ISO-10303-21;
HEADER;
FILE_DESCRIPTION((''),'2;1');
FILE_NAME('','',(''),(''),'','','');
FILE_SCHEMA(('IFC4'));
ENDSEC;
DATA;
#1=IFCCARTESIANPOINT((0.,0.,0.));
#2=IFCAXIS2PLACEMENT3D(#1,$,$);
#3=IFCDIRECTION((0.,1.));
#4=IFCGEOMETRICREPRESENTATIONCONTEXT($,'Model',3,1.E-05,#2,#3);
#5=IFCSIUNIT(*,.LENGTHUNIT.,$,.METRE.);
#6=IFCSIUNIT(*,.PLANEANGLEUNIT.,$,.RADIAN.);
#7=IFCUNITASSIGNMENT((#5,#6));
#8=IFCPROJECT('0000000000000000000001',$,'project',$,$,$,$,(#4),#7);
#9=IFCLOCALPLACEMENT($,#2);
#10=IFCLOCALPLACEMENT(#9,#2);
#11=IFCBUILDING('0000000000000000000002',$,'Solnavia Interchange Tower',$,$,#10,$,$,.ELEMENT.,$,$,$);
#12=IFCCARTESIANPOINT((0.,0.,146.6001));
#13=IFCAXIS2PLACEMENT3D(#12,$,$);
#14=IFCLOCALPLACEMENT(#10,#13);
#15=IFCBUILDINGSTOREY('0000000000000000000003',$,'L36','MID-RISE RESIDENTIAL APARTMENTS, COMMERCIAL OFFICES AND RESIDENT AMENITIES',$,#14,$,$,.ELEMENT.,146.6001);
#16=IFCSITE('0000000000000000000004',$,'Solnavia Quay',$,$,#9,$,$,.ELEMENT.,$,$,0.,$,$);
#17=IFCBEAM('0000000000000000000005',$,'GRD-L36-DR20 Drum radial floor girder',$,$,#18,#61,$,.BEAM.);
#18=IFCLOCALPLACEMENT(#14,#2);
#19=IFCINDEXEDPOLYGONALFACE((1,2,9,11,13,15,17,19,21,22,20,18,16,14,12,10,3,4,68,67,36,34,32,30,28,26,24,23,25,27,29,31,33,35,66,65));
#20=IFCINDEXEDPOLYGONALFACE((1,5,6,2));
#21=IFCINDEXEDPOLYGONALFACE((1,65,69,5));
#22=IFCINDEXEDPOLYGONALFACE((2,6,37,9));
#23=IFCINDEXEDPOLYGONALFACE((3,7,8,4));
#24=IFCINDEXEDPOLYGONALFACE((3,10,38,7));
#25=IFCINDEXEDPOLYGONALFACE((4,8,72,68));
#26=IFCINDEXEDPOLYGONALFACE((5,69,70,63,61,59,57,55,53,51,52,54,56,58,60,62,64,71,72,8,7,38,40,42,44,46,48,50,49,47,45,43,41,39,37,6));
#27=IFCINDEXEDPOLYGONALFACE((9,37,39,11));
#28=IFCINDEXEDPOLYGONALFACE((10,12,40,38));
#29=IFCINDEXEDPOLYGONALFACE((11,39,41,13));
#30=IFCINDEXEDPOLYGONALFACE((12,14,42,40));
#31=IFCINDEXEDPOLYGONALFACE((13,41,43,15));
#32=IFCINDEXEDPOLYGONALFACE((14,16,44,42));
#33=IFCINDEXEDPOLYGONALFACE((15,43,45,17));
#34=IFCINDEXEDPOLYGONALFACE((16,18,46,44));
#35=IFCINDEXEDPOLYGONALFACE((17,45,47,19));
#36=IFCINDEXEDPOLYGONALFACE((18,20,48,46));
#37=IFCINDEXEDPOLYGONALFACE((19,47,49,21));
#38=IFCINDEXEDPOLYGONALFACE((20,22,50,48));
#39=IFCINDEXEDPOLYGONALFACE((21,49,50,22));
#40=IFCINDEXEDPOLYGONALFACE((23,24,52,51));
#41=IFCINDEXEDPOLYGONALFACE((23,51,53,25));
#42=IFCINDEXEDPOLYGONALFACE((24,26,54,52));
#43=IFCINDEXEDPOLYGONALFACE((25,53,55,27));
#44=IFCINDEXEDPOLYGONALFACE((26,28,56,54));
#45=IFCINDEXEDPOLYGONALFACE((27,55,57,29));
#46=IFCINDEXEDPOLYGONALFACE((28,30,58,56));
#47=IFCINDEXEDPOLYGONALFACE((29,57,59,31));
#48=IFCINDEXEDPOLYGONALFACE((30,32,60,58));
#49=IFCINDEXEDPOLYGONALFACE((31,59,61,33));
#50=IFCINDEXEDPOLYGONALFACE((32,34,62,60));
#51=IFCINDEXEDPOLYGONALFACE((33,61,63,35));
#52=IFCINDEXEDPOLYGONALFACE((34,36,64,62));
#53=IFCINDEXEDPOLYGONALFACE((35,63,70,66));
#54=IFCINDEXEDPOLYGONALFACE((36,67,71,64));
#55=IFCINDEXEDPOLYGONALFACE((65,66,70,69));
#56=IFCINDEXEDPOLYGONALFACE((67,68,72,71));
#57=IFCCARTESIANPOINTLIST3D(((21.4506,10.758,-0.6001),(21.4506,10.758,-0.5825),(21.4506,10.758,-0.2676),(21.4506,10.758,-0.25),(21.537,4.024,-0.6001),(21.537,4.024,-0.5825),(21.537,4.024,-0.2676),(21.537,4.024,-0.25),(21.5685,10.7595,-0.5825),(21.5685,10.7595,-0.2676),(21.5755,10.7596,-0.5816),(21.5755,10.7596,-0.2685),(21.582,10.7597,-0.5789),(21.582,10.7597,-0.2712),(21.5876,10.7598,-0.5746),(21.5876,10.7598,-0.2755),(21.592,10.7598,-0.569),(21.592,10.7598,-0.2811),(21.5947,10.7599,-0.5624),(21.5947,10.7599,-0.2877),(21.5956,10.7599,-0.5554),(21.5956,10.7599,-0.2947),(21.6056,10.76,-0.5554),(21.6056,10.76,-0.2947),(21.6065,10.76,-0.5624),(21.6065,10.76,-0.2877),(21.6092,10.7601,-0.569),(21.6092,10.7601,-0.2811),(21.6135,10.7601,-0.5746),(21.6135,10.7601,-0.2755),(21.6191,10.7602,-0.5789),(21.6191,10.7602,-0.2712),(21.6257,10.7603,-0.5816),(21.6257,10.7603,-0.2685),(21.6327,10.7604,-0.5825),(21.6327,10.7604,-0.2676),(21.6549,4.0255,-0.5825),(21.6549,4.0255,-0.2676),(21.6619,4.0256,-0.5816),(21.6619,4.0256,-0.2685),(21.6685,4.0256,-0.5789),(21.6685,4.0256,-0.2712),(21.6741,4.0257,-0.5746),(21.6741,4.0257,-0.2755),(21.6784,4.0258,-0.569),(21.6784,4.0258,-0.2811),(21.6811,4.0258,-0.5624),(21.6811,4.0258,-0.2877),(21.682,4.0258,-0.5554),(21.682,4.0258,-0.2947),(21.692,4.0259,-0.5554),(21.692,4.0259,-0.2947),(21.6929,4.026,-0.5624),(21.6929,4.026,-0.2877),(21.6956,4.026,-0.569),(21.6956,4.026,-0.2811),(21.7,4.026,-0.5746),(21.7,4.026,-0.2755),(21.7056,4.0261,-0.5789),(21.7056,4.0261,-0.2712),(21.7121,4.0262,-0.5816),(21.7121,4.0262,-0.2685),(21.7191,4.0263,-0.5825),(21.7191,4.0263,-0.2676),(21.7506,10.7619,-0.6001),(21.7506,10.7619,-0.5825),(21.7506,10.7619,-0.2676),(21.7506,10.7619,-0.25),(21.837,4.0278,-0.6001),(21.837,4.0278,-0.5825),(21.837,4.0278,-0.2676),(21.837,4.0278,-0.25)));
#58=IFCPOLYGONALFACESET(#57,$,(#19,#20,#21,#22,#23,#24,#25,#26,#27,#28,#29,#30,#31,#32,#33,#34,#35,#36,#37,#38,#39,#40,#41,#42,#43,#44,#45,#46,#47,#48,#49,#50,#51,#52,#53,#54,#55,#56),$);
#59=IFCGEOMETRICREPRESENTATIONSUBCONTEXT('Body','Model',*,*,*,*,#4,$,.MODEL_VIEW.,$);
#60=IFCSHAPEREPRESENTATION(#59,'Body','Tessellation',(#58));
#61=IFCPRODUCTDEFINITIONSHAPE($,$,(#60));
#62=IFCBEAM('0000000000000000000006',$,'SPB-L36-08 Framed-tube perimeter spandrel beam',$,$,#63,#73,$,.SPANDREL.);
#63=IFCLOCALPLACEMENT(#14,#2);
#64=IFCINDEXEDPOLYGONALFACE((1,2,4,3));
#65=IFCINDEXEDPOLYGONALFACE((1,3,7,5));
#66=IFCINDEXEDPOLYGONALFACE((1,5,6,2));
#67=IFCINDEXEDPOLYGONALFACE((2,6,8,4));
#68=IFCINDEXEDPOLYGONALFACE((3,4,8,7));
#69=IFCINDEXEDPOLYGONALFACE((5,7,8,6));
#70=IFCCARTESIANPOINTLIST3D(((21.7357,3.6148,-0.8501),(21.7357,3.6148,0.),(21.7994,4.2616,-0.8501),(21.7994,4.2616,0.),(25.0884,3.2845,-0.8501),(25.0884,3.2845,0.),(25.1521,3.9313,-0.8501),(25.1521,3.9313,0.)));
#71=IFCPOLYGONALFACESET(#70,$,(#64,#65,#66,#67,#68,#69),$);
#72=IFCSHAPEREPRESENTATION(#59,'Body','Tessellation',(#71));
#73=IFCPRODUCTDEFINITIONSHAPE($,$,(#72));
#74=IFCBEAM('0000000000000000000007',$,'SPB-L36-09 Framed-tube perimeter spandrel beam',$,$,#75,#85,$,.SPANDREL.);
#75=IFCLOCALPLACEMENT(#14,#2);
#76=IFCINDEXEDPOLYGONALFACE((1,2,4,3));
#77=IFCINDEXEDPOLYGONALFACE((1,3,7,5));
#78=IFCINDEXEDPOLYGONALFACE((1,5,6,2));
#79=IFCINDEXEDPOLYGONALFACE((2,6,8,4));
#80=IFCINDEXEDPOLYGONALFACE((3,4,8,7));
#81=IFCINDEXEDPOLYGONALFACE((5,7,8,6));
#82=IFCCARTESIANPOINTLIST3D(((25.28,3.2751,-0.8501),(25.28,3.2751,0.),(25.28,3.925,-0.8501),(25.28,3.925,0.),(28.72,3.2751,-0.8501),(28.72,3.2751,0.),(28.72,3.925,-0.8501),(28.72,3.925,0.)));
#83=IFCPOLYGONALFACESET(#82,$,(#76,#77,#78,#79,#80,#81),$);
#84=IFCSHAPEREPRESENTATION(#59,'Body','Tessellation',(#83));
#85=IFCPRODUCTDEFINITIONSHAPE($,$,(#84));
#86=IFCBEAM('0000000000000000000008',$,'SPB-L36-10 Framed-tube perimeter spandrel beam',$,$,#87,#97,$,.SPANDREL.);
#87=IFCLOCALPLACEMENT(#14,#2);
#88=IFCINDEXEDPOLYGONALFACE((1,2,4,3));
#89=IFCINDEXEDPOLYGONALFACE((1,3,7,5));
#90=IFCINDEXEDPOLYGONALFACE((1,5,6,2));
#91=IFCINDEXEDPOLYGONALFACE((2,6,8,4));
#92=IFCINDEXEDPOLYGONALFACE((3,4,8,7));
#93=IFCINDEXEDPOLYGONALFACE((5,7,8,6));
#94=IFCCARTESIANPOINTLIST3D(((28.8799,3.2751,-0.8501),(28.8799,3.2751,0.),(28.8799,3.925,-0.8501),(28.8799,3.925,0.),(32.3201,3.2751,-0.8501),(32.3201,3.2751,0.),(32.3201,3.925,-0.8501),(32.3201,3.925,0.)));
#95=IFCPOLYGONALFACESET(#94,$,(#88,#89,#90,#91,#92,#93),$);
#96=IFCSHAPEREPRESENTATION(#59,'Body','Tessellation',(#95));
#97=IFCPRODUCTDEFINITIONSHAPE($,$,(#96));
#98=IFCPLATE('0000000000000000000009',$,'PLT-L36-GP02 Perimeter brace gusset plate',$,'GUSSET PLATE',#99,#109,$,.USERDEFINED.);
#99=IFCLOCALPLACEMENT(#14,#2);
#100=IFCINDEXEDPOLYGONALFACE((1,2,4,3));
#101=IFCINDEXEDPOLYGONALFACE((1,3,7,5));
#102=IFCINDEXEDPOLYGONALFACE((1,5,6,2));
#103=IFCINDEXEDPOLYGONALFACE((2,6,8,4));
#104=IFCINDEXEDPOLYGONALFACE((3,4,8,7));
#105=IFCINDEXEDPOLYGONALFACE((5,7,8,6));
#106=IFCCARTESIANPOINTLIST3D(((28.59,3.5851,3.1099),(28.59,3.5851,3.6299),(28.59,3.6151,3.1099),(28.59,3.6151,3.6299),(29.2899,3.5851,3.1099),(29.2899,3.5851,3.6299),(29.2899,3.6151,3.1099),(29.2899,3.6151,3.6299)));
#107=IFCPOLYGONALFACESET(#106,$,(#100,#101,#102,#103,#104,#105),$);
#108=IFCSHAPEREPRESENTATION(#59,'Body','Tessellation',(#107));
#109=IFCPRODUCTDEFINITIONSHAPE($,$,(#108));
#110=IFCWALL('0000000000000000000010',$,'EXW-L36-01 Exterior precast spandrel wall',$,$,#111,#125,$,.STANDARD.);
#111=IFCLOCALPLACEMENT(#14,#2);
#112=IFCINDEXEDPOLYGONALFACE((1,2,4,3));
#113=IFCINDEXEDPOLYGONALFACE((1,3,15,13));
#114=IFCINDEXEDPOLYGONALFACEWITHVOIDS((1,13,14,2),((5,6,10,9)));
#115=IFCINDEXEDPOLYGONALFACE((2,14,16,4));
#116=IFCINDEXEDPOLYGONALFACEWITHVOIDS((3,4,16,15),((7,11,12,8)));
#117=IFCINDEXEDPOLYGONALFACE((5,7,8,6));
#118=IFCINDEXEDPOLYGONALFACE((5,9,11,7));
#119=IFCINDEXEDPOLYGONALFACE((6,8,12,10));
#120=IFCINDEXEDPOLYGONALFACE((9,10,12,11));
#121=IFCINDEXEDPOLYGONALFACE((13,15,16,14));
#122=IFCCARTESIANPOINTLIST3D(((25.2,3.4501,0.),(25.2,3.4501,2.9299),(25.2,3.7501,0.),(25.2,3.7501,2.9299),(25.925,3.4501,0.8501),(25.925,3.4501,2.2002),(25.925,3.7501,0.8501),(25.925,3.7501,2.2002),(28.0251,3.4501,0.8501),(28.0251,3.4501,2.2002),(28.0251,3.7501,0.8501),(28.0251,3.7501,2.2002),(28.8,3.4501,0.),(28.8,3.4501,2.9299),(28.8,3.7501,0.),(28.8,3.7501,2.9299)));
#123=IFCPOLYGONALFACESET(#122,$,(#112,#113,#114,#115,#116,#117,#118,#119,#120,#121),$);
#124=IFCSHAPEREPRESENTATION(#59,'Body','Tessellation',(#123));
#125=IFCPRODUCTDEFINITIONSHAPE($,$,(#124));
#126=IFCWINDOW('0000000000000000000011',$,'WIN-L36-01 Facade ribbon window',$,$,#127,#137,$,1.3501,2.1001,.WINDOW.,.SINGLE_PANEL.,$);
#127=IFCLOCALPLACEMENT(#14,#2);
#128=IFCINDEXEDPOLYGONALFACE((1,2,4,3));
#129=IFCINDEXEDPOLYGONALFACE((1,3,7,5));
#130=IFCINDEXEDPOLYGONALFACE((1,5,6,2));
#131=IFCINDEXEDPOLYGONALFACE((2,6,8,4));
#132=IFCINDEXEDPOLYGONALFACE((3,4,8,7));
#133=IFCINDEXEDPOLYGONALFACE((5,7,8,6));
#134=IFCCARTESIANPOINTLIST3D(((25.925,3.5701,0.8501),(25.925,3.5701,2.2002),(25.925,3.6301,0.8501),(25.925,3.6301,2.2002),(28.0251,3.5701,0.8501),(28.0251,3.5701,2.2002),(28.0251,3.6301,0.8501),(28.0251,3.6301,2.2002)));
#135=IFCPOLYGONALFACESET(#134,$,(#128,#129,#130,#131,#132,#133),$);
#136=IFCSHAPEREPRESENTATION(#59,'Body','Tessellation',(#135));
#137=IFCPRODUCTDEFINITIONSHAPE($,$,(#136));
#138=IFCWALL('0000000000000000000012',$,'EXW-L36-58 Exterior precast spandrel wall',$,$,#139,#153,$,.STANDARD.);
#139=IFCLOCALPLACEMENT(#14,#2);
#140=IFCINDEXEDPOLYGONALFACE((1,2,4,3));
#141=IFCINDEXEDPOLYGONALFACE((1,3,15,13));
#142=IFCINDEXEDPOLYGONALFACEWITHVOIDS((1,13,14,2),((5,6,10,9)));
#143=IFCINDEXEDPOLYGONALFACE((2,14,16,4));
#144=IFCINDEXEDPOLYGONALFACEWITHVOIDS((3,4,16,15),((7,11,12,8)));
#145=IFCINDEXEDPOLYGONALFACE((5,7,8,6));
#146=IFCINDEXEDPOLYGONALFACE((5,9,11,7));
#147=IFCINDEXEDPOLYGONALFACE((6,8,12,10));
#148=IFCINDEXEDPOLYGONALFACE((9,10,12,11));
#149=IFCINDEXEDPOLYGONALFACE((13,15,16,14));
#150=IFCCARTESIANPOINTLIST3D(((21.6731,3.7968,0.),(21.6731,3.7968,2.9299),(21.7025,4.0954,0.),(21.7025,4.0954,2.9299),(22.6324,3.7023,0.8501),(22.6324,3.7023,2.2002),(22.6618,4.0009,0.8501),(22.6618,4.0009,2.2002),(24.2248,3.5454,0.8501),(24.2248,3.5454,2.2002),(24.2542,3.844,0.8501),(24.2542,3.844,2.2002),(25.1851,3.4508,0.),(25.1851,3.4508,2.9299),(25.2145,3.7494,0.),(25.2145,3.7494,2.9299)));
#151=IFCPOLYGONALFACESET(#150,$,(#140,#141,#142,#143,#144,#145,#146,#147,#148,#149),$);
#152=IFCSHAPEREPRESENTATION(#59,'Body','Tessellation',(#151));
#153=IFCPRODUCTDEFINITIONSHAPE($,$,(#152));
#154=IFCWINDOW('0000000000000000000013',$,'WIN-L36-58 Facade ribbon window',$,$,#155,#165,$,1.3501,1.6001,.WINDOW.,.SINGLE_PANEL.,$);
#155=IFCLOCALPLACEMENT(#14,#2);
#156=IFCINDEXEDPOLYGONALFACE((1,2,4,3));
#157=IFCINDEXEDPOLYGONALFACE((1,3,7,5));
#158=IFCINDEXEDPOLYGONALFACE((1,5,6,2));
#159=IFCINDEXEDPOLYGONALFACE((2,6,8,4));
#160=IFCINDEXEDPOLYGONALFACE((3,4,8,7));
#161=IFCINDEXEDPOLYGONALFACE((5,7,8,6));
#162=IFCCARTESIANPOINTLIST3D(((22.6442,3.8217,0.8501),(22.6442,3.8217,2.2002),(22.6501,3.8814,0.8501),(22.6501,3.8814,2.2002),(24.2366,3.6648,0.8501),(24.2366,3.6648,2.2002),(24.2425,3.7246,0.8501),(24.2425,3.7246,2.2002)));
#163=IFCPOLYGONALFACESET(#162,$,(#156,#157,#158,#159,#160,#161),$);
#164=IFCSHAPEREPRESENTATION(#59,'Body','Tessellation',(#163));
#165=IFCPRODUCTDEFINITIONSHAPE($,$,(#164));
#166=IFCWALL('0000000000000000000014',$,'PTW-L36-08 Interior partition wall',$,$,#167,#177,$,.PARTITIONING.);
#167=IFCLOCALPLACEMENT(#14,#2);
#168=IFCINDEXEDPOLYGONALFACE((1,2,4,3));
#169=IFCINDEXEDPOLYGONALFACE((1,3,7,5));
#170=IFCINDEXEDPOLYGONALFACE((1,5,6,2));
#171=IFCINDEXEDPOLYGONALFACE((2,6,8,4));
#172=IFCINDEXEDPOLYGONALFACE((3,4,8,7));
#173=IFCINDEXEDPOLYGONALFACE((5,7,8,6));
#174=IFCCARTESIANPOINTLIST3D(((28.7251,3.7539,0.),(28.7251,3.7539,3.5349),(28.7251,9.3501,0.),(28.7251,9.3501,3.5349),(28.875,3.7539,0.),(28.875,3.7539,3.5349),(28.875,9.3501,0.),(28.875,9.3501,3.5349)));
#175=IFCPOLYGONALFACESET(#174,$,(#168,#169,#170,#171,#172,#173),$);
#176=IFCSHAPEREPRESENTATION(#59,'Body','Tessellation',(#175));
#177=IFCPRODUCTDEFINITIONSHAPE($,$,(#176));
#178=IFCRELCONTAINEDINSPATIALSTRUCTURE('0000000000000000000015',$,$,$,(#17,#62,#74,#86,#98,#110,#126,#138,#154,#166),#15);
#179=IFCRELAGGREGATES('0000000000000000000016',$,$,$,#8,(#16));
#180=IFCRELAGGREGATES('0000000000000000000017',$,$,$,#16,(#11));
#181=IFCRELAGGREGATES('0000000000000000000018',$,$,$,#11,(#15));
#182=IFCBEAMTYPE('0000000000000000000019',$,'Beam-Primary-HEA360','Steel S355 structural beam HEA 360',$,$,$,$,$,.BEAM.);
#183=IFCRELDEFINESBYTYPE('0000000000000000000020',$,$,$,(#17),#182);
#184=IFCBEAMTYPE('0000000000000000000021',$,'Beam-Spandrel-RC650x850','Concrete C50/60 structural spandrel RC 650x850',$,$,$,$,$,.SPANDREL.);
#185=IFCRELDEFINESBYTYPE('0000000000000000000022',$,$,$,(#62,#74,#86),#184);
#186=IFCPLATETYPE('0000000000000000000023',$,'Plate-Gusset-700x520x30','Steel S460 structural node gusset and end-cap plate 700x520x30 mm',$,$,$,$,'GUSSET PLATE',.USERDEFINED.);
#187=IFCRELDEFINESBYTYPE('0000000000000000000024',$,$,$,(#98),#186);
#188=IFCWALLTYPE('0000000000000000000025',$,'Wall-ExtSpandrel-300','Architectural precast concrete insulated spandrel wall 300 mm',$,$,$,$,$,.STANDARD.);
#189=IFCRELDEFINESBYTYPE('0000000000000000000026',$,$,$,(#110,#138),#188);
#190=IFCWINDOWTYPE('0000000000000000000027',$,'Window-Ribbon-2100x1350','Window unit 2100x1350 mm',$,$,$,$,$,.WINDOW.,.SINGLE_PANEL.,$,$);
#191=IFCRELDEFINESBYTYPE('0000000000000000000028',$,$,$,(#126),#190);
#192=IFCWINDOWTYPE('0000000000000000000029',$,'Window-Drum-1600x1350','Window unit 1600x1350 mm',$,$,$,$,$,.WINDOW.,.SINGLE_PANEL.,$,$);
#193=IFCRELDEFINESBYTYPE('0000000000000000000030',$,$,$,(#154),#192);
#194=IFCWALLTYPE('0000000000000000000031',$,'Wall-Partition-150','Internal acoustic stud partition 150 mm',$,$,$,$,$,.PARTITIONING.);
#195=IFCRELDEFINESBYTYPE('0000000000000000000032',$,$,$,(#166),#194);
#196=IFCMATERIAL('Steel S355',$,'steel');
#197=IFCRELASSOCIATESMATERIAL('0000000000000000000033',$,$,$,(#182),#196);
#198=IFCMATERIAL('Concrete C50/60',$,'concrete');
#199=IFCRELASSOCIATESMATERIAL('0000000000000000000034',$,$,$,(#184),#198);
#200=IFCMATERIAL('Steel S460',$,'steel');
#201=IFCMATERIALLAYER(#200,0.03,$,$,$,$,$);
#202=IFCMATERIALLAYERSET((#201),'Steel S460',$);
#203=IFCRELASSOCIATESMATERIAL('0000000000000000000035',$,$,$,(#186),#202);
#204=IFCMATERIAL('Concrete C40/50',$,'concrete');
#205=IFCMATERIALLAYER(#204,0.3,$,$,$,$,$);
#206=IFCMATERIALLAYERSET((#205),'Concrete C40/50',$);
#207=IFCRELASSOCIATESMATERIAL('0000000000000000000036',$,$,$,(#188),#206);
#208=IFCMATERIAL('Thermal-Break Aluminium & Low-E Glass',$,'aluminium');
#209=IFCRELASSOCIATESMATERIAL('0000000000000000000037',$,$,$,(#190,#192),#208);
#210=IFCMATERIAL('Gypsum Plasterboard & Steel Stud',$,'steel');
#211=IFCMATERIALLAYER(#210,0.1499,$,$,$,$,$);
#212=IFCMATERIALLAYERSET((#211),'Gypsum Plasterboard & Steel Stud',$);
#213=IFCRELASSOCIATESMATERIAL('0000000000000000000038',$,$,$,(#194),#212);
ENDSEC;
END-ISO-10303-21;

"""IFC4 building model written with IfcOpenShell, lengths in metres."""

from ifc_helpers import new_model, si_unit, direction, frame, frame_2d, origin, origin_2d, place, context, subcontext, project, spatial, rectangle, i_section, extrude, material, layer, layer_set, material_profile, profile_set, type_object, element, fill, save


model = new_model("IFC4")

# Units and contexts
model_context = context("Model", 3, precision=1e-05, world=origin(), true_north=direction((0.0, 1.0)))
body_context = subcontext(model_context, "Body", "Model", "MODEL_VIEW")
ifc_project = project(units=[si_unit("LENGTHUNIT", "METRE"), si_unit("PLANEANGLEUNIT", "RADIAN")], contexts=[model_context])

# Site, building, storey
site_placement = place(None, origin())
site = spatial("IfcSite", under=ifc_project, at=site_placement, Name="Solnavia Quay", CompositionType="ELEMENT", RefElevation=0.0)
building_placement = place(site_placement, origin())
building = spatial("IfcBuilding", under=site, at=building_placement, Name="Solnavia Interchange Tower", CompositionType="ELEMENT")
storey_placement = place(building_placement, frame((0.0, 0.0, 146.6001)))
storey = spatial("IfcBuildingStorey", under=building, at=storey_placement, Name="L36", Description="MID-RISE RESIDENTIAL APARTMENTS, COMMERCIAL OFFICES AND RESIDENT AMENITIES", CompositionType="ELEMENT", Elevation=146.6001)

# Shared definitions
ifc_material_1 = material(Name="Concrete C50/60", Category="concrete")
ifc_material_2 = material(Name="Steel S355", Category="steel")

# Beams
ifc_material_profile_1 = material_profile(ifc_material_2, i_section(OverallWidth=0.3, OverallDepth=0.3501, WebThickness=0.01, FlangeThickness=0.0176, FilletRadius=0.0271, at=origin_2d()), Name="HEA 360")
ifc_profile_set_1 = profile_set([ifc_material_profile_1], Name="Steel S355")
beam_type_1 = type_object("IfcBeamType", Name="Beam-Primary-HEA360", Description="Steel S355 structural beam HEA 360", PredefinedType="BEAM", material=ifc_profile_set_1)
beam_1_placement = place(storey_placement, frame((21.687, 4.0259, -0.425), z_axis=(-0.012833, 0.999918, 0.0), x_axis=(-0.999918, -0.012833, 0.0)))
element("IfcBeam", 1, at=beam_1_placement, inside=storey, type_object=beam_type_1, Name="GRD-L36-DR20 Drum radial floor girder", PredefinedType="BEAM", context=body_context, shape_type="SweptSolid", body=[
    extrude(i_section(OverallWidth=0.3, OverallDepth=0.3501, WebThickness=0.01, FlangeThickness=0.0176, FilletRadius=0.0271, at=origin_2d()), origin(), (0.0, 0.0, 1.0), 6.7346),
])
ifc_material_profile_2 = material_profile(ifc_material_1, rectangle(XDim=0.6499, YDim=0.8501, at=origin_2d()), Name="RC 650x850")
ifc_profile_set_2 = profile_set([ifc_material_profile_2], Name="Concrete C50/60")
beam_type_2 = type_object("IfcBeamType", Name="Beam-Spandrel-RC650x850", Description="Concrete C50/60 structural spandrel RC 650x850", PredefinedType="SPANDREL", material=ifc_profile_set_2)
beam_2_placement = place(storey_placement, frame((21.7676, 3.9382, -0.425), z_axis=(0.995182, -0.098047, 0.0), x_axis=(0.098047, 0.995182, 0.0)))
element("IfcBeam", 2, at=beam_2_placement, inside=storey, type_object=beam_type_2, Name="SPB-L36-08 Framed-tube perimeter spandrel beam", PredefinedType="SPANDREL", context=body_context, shape_type="SweptSolid", body=[
    extrude(rectangle(XDim=0.6499, YDim=0.8501, at=origin_2d()), origin(), (0.0, 0.0, 1.0), 3.3689),
])
beam_3_placement = place(storey_placement, frame((25.28, 3.6001, -0.425), z_axis=(1.0, 0.0, 0.0), x_axis=(0.0, 1.0, 0.0)))
element("IfcBeam", 3, at=beam_3_placement, inside=storey, type_object=beam_type_2, Name="SPB-L36-09 Framed-tube perimeter spandrel beam", PredefinedType="SPANDREL", context=body_context, shape_type="SweptSolid", body=[
    extrude(rectangle(XDim=0.6499, YDim=0.8501, at=origin_2d()), origin(), (0.0, 0.0, 1.0), 3.4399),
])
beam_4_placement = place(storey_placement, frame((28.8799, 3.6001, -0.425), z_axis=(1.0, 0.0, 0.0), x_axis=(0.0, 1.0, 0.0)))
element("IfcBeam", 4, at=beam_4_placement, inside=storey, type_object=beam_type_2, Name="SPB-L36-10 Framed-tube perimeter spandrel beam", PredefinedType="SPANDREL", context=body_context, shape_type="SweptSolid", body=[
    extrude(rectangle(XDim=0.6499, YDim=0.8501, at=origin_2d()), origin(), (0.0, 0.0, 1.0), 3.4402),
])

# Plate
ifc_material_3 = material(Name="Steel S460", Category="steel")
ifc_layer_1 = layer(ifc_material_3, 0.03)
ifc_layer_set_1 = layer_set([ifc_layer_1], Name="Steel S460")
plate_type = type_object("IfcPlateType", Name="Plate-Gusset-700x520x30", Description="Steel S460 structural node gusset and end-cap plate 700x520x30 mm", ElementType="GUSSET PLATE", PredefinedType="USERDEFINED", material=ifc_layer_set_1)
plate_placement = place(storey_placement, frame((28.9399, 3.6001, 3.1099), z_axis=(0.0, 0.0, 1.0), x_axis=(-1.0, 0.0, 0.0)))
element("IfcPlate", 5, at=plate_placement, inside=storey, type_object=plate_type, Name="PLT-L36-GP02 Perimeter brace gusset plate", ObjectType="GUSSET PLATE", PredefinedType="USERDEFINED", context=body_context, shape_type="SweptSolid", body=[
    extrude(rectangle(XDim=0.7, YDim=0.03, at=origin_2d()), origin(), (0.0, 0.0, 1.0), 0.52),
])

# Walls, openings, windows
ifc_material_4 = material(Name="Concrete C40/50", Category="concrete")
ifc_layer_2 = layer(ifc_material_4, 0.3)
ifc_layer_set_2 = layer_set([ifc_layer_2], Name="Concrete C40/50")
wall_type_1 = type_object("IfcWallType", Name="Wall-ExtSpandrel-300", Description="Architectural precast concrete insulated spandrel wall 300 mm", PredefinedType="STANDARD", material=ifc_layer_set_2)
wall_1_placement = place(storey_placement, frame((28.8, 3.6001, 0.0), z_axis=(0.0, 0.0, 1.0), x_axis=(-1.0, 0.0, 0.0)))
wall_1 = element("IfcWall", 6, at=wall_1_placement, inside=storey, type_object=wall_type_1, Name="EXW-L36-01 Exterior precast spandrel wall", PredefinedType="STANDARD", context=body_context, shape_type="SweptSolid", body=[
    extrude(rectangle(XDim=3.6001, YDim=0.3, at=frame_2d((1.8, 0.0))), origin(), (0.0, 0.0, 1.0), 2.9299),
])
opening_1_placement = place(wall_1_placement, frame((0.7749, 0.0, 0.8501)))
opening_1 = element("IfcOpeningElement", 7, at=opening_1_placement, cuts=wall_1, PredefinedType="OPENING", context=body_context, shape_type="SweptSolid", body=[
    extrude(rectangle(XDim=2.1001, YDim=1.3501, at=frame_2d((1.05, 0.675))), frame((0.0, 0.1602, 0.0), z_axis=(0.0, -1.0, 0.0), x_axis=(1.0, 0.0, 0.0)), (0.0, 0.0, 1.0), 0.3201),
])
ifc_material_5 = material(Name="Thermal-Break Aluminium & Low-E Glass", Category="aluminium")
window_type_1 = type_object("IfcWindowType", Name="Window-Ribbon-2100x1350", Description="Window unit 2100x1350 mm", PartitioningType="SINGLE_PANEL", PredefinedType="WINDOW", material=ifc_material_5)
window_1_placement = place(opening_1_placement, origin())
window_1 = element("IfcWindow", 8, at=window_1_placement, inside=storey, type_object=window_type_1, Name="WIN-L36-01 Facade ribbon window", OverallHeight=1.3501, OverallWidth=2.1001, PartitioningType="SINGLE_PANEL", PredefinedType="WINDOW", context=body_context, shape_type="SweptSolid", body=[
    extrude(rectangle(XDim=2.1001, YDim=1.3501, at=frame_2d((1.05, 0.675))), frame((0.0, 0.03, 0.0), z_axis=(0.0, -1.0, 0.0), x_axis=(1.0, 0.0, 0.0)), (0.0, 0.0, 1.0), 0.0601),
])
fill(opening_1, window_1)
wall_2_placement = place(storey_placement, frame((25.2, 3.6001, 0.0), z_axis=(0.0, 0.0, 1.0), x_axis=(-0.995183, 0.098031, 0.0)))
wall_2 = element("IfcWall", 9, at=wall_2_placement, inside=storey, type_object=wall_type_1, Name="EXW-L36-58 Exterior precast spandrel wall", PredefinedType="STANDARD", context=body_context, shape_type="SweptSolid", body=[
    extrude(rectangle(XDim=3.5291, YDim=0.3, at=frame_2d((1.7646, 0.0))), origin(), (0.0, 0.0, 1.0), 2.9299),
])
opening_2_placement = place(wall_2_placement, frame((0.9651, 0.0, 0.8501)))
opening_2 = element("IfcOpeningElement", 10, at=opening_2_placement, cuts=wall_2, PredefinedType="OPENING", context=body_context, shape_type="SweptSolid", body=[
    extrude(rectangle(XDim=1.6001, YDim=1.3501, at=frame_2d((0.8, 0.675))), frame((0.0, 0.1602, 0.0), z_axis=(0.0, -1.0, 0.0), x_axis=(1.0, 0.0, 0.0)), (0.0, 0.0, 1.0), 0.3201),
])
window_type_2 = type_object("IfcWindowType", Name="Window-Drum-1600x1350", Description="Window unit 1600x1350 mm", PartitioningType="SINGLE_PANEL", PredefinedType="WINDOW", material=ifc_material_5)
window_2_placement = place(opening_2_placement, origin())
window_2 = element("IfcWindow", 11, at=window_2_placement, inside=storey, type_object=window_type_2, Name="WIN-L36-58 Facade ribbon window", OverallHeight=1.3501, OverallWidth=1.6001, PartitioningType="SINGLE_PANEL", PredefinedType="WINDOW", context=body_context, shape_type="SweptSolid", body=[
    extrude(rectangle(XDim=1.6001, YDim=1.3501, at=frame_2d((0.8, 0.675))), frame((0.0, 0.03, 0.0), z_axis=(0.0, -1.0, 0.0), x_axis=(1.0, 0.0, 0.0)), (0.0, 0.0, 1.0), 0.0601),
])
fill(opening_2, window_2)

# Wall
ifc_material_6 = material(Name="Gypsum Plasterboard & Steel Stud", Category="steel")
ifc_layer_3 = layer(ifc_material_6, 0.1499)
ifc_layer_set_3 = layer_set([ifc_layer_3], Name="Gypsum Plasterboard & Steel Stud")
wall_type_2 = type_object("IfcWallType", Name="Wall-Partition-150", Description="Internal acoustic stud partition 150 mm", PredefinedType="PARTITIONING", material=ifc_layer_set_3)
wall_3_placement = place(storey_placement, frame((28.8, 9.3501, 0.0), z_axis=(0.0, 0.0, 1.0), x_axis=(0.0, -1.0, 0.0)))
element("IfcWall", 12, at=wall_3_placement, inside=storey, type_object=wall_type_2, Name="PTW-L36-08 Interior partition wall", PredefinedType="PARTITIONING", context=body_context, shape_type="SweptSolid", body=[
    extrude(rectangle(XDim=5.5962, YDim=0.1499, at=frame_2d((2.7981, 0.0))), origin(), (0.0, 0.0, 1.0), 3.5349),
])

save(model, "model.ifc")
